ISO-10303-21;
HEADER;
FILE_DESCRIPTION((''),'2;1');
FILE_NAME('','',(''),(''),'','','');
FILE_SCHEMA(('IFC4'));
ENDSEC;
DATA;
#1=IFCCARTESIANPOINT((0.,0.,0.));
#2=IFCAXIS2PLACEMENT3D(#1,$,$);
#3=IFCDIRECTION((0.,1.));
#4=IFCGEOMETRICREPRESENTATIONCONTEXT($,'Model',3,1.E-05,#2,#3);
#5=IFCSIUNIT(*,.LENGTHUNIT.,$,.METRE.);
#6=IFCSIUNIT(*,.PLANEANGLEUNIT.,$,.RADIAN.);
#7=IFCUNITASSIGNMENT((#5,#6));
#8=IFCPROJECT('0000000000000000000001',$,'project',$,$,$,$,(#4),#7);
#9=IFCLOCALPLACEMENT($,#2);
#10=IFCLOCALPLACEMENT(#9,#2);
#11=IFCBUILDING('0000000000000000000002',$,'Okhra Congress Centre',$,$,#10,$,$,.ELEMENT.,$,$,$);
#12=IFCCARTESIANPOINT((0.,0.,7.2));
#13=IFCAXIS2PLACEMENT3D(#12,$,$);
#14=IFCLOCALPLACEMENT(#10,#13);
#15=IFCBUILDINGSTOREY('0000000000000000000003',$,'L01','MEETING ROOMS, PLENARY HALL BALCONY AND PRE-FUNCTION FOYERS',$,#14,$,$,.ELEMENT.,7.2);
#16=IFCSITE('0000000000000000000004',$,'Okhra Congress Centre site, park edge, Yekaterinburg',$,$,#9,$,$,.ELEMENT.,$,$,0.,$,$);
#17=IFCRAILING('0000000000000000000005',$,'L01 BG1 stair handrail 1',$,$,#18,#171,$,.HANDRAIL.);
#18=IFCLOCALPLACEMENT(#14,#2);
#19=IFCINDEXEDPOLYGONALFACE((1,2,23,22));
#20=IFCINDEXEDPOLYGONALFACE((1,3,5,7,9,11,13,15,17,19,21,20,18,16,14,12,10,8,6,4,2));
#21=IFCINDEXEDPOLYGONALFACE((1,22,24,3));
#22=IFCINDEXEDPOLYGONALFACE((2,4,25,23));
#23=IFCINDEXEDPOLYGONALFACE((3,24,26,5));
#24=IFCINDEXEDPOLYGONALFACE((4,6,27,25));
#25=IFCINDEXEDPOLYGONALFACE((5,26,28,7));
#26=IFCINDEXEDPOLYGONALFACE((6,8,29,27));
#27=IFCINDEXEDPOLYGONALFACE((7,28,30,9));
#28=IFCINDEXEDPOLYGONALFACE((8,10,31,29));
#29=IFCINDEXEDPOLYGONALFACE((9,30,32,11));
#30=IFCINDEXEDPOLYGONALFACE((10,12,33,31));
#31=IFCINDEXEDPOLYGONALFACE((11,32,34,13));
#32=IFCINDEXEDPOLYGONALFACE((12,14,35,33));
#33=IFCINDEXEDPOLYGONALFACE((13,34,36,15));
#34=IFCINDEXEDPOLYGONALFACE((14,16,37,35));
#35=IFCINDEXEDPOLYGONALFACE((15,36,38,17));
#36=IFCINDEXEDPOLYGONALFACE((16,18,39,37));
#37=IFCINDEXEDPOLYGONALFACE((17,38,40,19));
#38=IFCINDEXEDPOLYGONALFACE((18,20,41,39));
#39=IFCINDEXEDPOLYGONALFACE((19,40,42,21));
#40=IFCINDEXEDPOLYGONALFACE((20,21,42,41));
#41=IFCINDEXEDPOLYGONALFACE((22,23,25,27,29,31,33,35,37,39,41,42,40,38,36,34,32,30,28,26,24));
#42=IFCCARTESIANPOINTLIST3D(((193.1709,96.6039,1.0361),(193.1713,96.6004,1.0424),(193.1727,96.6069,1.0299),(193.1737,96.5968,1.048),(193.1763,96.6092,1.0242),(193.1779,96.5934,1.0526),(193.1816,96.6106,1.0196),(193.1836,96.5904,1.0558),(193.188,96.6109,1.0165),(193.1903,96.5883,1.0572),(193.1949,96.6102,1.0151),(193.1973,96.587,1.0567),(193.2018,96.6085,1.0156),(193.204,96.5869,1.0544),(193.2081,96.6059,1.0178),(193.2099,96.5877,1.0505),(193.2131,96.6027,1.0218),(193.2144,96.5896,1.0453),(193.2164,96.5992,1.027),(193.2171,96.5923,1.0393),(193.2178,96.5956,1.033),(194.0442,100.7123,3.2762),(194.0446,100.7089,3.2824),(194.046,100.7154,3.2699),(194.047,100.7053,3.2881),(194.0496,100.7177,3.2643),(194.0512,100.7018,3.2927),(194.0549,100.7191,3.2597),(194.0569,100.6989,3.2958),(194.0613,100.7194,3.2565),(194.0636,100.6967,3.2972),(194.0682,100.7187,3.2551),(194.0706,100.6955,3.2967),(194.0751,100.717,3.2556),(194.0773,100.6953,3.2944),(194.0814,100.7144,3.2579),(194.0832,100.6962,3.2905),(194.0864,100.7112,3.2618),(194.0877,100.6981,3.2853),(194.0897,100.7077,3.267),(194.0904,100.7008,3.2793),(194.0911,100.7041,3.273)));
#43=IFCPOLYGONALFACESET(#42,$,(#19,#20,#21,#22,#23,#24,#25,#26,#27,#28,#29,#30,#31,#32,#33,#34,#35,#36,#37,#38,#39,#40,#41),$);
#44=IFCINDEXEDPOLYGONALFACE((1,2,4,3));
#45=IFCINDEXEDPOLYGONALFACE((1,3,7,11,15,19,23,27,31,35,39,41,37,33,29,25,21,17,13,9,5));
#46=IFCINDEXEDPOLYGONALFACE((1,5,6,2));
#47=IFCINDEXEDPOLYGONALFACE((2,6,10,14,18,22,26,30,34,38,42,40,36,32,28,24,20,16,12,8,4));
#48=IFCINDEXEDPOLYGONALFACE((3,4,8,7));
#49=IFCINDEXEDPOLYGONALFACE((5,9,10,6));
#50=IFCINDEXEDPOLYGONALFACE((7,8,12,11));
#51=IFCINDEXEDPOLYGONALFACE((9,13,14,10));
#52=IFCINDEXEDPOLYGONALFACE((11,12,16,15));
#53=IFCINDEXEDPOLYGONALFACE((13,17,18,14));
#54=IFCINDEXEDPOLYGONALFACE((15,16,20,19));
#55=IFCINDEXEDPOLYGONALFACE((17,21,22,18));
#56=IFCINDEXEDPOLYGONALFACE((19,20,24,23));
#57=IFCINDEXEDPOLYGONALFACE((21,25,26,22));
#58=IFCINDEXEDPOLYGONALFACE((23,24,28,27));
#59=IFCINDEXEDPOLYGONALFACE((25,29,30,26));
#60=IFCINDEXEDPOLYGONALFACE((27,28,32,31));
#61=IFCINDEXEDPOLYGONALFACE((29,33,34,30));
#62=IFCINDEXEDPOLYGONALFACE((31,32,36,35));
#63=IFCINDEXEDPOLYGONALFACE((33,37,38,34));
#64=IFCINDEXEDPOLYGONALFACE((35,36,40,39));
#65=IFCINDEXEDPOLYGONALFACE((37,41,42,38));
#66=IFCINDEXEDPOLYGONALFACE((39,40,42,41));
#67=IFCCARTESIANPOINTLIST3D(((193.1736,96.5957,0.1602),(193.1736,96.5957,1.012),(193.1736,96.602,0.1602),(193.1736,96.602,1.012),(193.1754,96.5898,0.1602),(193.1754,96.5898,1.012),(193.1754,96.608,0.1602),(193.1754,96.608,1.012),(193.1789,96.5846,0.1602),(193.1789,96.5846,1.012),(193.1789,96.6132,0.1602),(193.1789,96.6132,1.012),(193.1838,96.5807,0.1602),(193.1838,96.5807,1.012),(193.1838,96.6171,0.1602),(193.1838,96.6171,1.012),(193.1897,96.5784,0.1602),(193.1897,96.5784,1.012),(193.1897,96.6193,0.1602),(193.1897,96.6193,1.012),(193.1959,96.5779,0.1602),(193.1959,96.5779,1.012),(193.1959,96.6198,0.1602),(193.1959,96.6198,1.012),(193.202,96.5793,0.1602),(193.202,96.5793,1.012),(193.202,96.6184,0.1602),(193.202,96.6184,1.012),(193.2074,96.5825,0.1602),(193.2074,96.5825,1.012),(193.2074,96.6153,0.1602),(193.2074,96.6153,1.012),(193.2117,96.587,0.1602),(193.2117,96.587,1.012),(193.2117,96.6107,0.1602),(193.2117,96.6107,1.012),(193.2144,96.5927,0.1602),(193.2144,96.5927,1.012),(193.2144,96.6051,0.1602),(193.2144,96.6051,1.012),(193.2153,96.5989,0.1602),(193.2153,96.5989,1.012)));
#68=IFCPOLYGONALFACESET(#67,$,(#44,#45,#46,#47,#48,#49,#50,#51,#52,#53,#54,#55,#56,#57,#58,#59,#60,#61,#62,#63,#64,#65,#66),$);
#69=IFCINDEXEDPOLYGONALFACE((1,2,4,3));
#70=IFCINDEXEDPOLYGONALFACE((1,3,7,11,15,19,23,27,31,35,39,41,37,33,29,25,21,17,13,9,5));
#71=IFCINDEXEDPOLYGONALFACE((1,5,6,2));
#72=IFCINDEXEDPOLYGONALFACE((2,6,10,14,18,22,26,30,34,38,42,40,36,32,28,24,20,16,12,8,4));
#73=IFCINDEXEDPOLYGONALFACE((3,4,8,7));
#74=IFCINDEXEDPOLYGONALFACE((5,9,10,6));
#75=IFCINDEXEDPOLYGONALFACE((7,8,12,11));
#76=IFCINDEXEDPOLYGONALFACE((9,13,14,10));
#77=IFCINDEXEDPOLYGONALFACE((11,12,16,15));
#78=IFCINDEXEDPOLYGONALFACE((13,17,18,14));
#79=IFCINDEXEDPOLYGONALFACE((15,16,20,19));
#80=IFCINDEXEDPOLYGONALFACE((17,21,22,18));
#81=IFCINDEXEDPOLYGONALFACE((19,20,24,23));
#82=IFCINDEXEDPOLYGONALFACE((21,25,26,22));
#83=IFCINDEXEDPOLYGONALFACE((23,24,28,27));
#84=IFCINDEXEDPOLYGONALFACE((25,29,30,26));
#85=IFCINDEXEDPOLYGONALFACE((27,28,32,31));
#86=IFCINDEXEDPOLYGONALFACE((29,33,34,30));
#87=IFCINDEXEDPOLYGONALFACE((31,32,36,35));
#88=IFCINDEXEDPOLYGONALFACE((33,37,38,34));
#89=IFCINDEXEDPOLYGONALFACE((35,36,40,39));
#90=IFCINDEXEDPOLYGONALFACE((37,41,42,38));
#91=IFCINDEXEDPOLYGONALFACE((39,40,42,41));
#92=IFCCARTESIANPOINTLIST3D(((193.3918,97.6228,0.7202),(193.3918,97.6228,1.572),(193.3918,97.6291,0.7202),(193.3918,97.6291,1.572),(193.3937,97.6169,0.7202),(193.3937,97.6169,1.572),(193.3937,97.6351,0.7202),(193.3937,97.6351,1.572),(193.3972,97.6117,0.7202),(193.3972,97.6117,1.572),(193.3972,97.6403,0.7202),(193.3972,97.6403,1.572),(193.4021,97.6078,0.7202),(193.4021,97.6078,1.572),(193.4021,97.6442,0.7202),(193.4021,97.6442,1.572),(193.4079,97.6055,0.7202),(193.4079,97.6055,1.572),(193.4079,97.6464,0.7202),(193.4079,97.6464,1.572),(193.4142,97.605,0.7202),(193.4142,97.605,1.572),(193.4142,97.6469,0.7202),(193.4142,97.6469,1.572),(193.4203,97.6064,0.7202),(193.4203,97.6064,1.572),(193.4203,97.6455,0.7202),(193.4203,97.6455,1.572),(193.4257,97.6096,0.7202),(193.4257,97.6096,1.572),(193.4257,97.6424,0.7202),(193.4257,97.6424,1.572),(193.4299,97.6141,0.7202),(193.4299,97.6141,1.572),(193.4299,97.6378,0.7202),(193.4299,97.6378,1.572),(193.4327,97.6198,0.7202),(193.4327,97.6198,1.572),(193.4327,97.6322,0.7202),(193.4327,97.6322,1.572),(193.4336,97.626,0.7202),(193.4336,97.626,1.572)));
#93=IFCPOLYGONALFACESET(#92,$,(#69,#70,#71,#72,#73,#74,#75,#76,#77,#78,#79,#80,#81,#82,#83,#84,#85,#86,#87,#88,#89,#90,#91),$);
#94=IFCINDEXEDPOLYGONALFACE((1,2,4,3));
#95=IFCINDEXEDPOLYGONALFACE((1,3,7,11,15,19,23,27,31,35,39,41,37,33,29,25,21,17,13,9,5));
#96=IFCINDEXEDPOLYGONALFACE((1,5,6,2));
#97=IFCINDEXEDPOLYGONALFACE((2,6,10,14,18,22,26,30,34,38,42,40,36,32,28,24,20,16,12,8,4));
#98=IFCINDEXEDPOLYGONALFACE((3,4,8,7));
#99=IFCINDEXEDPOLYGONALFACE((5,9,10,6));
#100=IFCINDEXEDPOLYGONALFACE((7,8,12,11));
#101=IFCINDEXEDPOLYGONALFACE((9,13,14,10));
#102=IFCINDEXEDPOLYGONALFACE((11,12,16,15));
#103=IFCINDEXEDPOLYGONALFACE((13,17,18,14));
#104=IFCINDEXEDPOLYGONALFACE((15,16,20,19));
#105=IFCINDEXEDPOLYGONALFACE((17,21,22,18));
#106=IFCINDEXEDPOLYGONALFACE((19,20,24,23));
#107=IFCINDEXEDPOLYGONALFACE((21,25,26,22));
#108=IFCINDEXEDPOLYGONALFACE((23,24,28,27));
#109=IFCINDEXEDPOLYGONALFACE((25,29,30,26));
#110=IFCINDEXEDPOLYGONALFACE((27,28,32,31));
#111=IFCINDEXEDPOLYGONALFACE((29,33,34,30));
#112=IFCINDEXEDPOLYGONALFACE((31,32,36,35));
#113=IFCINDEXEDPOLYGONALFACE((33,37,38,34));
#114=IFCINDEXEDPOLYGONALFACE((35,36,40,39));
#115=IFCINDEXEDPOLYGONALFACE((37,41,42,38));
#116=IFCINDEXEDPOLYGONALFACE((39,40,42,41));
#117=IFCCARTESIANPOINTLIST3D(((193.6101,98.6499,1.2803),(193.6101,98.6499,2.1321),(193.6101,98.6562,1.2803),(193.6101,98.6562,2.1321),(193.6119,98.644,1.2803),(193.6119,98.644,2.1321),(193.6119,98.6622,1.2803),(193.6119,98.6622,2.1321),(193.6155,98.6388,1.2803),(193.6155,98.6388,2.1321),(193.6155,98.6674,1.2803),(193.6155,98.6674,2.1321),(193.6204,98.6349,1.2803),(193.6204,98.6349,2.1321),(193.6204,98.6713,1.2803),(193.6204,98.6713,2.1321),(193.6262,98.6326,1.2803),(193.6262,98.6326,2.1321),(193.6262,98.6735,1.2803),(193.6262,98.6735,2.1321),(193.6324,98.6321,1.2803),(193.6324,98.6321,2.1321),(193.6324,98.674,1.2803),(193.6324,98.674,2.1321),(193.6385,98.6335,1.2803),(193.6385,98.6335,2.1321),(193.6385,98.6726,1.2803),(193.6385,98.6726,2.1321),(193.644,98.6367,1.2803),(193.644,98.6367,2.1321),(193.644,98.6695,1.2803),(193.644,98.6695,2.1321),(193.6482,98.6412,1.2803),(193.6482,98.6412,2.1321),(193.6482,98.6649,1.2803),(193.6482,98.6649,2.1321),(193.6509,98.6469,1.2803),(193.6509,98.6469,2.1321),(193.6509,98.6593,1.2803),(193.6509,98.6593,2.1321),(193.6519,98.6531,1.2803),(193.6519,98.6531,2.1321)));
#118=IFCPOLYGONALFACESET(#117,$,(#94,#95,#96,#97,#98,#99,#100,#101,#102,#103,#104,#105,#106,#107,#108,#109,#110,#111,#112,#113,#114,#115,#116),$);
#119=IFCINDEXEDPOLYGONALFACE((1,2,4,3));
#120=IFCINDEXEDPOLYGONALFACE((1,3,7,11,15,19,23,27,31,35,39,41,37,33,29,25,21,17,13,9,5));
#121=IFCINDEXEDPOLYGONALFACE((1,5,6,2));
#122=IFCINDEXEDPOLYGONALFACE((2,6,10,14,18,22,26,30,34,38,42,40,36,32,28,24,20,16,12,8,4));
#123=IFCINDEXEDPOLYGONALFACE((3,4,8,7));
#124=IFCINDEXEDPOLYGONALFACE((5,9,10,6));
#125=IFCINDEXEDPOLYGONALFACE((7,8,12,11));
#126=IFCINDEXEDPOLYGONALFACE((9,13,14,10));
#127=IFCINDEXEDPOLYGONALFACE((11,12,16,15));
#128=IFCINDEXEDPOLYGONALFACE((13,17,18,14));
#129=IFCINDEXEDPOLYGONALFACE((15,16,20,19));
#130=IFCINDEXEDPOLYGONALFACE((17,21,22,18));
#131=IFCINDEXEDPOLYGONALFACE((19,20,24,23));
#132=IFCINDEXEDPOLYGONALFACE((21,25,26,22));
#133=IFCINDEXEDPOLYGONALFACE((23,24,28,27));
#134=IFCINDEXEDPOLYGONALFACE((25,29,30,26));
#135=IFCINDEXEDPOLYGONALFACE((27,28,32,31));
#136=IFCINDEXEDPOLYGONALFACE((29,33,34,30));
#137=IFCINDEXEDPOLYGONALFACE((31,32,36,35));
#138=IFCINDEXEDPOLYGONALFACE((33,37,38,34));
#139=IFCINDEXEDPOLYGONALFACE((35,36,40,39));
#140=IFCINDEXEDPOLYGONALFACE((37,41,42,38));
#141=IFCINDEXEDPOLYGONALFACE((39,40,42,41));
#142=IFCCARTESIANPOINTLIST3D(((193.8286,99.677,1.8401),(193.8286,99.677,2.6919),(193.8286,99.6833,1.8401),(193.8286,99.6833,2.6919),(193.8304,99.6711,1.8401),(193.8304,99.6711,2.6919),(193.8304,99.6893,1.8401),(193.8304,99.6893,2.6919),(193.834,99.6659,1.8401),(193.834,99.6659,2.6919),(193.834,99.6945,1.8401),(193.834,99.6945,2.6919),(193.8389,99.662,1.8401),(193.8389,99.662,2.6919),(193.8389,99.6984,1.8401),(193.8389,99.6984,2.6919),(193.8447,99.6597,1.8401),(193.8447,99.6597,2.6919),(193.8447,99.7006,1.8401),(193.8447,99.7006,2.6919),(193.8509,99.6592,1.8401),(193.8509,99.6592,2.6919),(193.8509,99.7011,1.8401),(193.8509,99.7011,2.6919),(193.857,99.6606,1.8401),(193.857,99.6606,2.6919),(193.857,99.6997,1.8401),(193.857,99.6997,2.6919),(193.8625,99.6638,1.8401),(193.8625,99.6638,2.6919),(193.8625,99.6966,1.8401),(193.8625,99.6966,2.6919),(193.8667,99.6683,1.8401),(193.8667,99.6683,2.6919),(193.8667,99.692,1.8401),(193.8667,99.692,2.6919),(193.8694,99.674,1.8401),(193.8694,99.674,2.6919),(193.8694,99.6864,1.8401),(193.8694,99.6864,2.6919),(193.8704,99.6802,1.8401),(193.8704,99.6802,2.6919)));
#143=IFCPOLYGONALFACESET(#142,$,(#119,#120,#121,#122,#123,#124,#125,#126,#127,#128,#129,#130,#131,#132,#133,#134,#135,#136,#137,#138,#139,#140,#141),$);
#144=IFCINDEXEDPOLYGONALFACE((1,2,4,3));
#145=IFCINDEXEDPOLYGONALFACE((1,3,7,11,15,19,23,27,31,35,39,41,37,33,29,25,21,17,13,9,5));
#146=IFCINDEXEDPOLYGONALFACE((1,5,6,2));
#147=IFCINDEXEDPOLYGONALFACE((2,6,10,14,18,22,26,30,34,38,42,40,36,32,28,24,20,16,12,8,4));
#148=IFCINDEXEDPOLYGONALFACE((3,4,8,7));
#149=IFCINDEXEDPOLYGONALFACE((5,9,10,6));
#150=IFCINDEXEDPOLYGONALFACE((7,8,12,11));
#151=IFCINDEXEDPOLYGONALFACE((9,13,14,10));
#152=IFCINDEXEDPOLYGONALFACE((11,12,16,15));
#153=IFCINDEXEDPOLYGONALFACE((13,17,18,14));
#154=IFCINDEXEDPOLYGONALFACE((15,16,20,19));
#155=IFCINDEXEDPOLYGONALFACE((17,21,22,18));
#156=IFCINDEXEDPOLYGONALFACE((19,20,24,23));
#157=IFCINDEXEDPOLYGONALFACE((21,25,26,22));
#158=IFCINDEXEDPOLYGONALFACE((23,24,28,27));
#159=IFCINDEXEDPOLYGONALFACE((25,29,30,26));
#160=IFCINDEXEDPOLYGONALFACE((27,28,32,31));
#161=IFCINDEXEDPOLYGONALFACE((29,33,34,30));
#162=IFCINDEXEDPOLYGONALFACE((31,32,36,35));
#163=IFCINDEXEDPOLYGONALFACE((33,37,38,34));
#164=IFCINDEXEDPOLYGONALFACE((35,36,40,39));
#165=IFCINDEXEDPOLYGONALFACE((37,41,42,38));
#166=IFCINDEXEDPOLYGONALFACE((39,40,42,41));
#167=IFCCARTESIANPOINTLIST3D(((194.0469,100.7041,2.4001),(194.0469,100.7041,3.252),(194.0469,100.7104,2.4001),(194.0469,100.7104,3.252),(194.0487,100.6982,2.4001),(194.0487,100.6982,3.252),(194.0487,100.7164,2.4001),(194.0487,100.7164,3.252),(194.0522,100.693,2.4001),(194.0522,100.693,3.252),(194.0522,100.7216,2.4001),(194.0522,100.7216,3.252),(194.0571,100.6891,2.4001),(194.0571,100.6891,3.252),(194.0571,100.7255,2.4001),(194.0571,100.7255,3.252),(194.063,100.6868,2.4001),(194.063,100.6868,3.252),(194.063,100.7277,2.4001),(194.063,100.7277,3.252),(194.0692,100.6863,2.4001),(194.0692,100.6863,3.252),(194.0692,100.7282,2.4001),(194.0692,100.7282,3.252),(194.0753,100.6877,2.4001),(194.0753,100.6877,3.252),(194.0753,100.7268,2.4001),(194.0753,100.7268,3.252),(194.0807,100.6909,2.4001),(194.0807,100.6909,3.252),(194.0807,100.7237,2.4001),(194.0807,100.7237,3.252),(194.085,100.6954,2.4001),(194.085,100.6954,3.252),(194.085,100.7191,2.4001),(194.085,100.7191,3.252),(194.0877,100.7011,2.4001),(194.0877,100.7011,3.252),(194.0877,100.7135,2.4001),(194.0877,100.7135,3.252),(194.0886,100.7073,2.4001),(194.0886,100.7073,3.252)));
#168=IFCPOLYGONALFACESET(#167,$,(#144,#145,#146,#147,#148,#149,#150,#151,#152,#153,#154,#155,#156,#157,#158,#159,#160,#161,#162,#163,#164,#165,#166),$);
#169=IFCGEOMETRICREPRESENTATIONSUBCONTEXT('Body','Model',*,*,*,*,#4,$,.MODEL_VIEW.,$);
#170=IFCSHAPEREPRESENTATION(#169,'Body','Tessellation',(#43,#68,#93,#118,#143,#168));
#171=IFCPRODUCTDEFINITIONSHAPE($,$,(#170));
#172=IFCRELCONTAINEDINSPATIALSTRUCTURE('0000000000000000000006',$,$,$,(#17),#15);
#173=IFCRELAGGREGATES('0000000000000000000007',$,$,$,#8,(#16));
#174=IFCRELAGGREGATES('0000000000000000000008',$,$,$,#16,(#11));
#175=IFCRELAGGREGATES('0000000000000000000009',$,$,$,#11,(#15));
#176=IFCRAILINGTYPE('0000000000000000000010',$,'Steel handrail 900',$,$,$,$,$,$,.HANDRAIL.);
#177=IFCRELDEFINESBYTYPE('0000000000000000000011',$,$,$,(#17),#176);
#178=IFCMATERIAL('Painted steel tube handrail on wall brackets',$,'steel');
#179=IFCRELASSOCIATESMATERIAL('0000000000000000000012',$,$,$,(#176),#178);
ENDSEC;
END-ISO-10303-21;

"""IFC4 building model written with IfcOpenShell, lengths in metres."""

from ifc_helpers import new_model, si_unit, direction, frame, origin, origin_2d, place, context, subcontext, project, spatial, circle, extrude, material, type_object, element, save


model = new_model("IFC4")

# Units and contexts
model_context = context("Model", 3, precision=1e-05, world=origin(), true_north=direction((0.0, 1.0)))
body_context = subcontext(model_context, "Body", "Model", "MODEL_VIEW")
ifc_project = project(units=[si_unit("LENGTHUNIT", "METRE"), si_unit("PLANEANGLEUNIT", "RADIAN")], contexts=[model_context])

# Site, building, storey
site_placement = place(None, origin())
site = spatial("IfcSite", under=ifc_project, at=site_placement, Name="Okhra Congress Centre site, park edge, Yekaterinburg", CompositionType="ELEMENT", RefElevation=0.0)
building_placement = place(site_placement, origin())
building = spatial("IfcBuilding", under=site, at=building_placement, Name="Okhra Congress Centre", CompositionType="ELEMENT")
storey_placement = place(building_placement, frame((0.0, 0.0, 7.2)))
storey = spatial("IfcBuildingStorey", under=building, at=storey_placement, Name="L01", Description="MEETING ROOMS, PLENARY HALL BALCONY AND PRE-FUNCTION FOYERS", CompositionType="ELEMENT", Elevation=7.2)

# Railing
ifc_material_1 = material(Name="Painted steel tube handrail on wall brackets", Category="steel")
railing_type_1 = type_object("IfcRailingType", Name="Steel handrail 900", PredefinedType="HANDRAIL", material=ifc_material_1)
railing_1_placement = place(storey_placement, frame((193.1943, 96.5989, 0.1602)))
element("IfcRailing", 1, at=railing_1_placement, inside=storey, type_object=railing_type_1, Name="L01 BG1 stair handrail 1", PredefinedType="HANDRAIL", context=body_context, shape_type="SweptSolid", body=[
    extrude(circle(Radius=0.0239, at=origin_2d()), frame((0.0, 0.0, 0.876), z_axis=(0.183458, 0.86308, 0.47057), x_axis=(-0.978146, 0.207917, 0.0)), (0.0, 0.0, 1.0), 4.7603),
    extrude(circle(Radius=0.021, at=origin_2d()), origin(), (0.0, 0.0, 1.0), 0.8518),
    extrude(circle(Radius=0.021, at=origin_2d()), frame((0.2183, 1.0271, 0.5601)), (0.0, 0.0, 1.0), 0.8518),
    extrude(circle(Radius=0.021, at=origin_2d()), frame((0.4365, 2.0542, 1.1201)), (0.0, 0.0, 1.0), 0.8518),
    extrude(circle(Radius=0.021, at=origin_2d()), frame((0.655, 3.0813, 1.6799)), (0.0, 0.0, 1.0), 0.8518),
    extrude(circle(Radius=0.021, at=origin_2d()), frame((0.8733, 4.1084, 2.24)), (0.0, 0.0, 1.0), 0.8518),
])

save(model, "model.ifc")
